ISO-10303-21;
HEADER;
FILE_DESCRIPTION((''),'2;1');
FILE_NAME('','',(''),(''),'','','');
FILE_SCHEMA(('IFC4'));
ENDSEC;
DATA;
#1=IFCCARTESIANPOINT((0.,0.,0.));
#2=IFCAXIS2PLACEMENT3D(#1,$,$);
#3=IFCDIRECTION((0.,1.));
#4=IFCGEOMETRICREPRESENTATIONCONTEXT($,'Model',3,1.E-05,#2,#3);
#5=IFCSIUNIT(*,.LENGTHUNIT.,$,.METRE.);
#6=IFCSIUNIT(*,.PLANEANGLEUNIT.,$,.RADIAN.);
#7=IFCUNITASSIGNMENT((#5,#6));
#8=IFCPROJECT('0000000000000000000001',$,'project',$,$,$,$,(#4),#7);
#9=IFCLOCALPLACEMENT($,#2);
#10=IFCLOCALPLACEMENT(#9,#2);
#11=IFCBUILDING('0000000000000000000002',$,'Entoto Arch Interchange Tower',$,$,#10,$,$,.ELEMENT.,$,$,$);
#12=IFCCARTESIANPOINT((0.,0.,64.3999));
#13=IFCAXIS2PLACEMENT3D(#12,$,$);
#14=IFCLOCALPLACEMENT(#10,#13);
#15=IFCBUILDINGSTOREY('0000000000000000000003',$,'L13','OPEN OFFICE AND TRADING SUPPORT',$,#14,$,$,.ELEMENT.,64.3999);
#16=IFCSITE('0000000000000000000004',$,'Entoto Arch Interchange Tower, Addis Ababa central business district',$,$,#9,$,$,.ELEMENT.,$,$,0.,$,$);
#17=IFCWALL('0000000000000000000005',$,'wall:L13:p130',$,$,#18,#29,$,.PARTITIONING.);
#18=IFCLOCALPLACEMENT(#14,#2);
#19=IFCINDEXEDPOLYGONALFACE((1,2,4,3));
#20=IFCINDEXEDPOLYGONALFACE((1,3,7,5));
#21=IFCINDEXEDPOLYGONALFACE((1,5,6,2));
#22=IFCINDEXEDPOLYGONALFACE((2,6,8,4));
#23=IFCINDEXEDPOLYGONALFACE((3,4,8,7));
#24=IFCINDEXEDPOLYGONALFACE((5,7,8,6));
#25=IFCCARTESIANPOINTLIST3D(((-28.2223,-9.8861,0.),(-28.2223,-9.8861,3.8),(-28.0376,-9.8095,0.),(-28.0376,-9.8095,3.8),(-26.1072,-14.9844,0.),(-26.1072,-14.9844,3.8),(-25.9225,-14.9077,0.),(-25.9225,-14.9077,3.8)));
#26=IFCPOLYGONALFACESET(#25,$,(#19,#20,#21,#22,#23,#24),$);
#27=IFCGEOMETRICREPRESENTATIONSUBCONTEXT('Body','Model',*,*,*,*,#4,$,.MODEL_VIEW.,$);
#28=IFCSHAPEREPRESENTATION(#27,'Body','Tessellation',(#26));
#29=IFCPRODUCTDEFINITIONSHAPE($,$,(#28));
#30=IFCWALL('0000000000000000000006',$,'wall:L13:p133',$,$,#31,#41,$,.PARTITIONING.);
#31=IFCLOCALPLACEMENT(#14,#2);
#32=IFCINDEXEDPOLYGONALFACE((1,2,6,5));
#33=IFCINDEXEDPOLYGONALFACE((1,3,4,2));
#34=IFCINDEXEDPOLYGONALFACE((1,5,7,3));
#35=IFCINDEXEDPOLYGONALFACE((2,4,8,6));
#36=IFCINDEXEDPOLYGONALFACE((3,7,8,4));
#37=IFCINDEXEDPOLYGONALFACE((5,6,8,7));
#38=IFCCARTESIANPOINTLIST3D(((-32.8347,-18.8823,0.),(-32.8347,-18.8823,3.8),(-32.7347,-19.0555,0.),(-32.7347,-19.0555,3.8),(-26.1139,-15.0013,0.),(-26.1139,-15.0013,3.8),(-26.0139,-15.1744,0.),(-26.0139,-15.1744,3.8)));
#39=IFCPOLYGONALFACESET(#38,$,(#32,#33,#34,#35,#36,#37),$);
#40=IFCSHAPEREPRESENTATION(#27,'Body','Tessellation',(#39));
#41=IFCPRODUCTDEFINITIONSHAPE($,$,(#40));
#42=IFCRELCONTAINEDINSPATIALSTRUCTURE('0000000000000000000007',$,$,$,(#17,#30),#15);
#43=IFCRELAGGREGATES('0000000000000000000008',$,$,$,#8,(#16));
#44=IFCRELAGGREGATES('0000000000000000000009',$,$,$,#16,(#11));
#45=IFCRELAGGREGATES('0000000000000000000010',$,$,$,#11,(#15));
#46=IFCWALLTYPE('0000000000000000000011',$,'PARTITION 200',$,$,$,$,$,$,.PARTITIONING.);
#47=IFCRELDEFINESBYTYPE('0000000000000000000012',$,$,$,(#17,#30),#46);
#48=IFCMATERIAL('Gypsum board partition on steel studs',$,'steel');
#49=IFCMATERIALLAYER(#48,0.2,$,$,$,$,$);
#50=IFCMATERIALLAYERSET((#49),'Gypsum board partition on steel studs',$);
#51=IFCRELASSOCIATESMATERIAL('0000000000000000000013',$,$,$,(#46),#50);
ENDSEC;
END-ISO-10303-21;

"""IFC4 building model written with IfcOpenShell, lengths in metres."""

from ifc_helpers import new_model, si_unit, direction, frame, frame_2d, origin, place, context, subcontext, project, spatial, rectangle, extrude, material, layer, layer_set, type_object, element, save


model = new_model("IFC4")

# Units and contexts
model_context = context("Model", 3, precision=1e-05, world=origin(), true_north=direction((0.0, 1.0)))
body_context = subcontext(model_context, "Body", "Model", "MODEL_VIEW")
ifc_project = project(units=[si_unit("LENGTHUNIT", "METRE"), si_unit("PLANEANGLEUNIT", "RADIAN")], contexts=[model_context])

# Site, building, storey
site_placement = place(None, origin())
site = spatial("IfcSite", under=ifc_project, at=site_placement, Name="Entoto Arch Interchange Tower, Addis Ababa central business district", CompositionType="ELEMENT", RefElevation=0.0)
building_placement = place(site_placement, origin())
building = spatial("IfcBuilding", under=site, at=building_placement, Name="Entoto Arch Interchange Tower", CompositionType="ELEMENT")
storey_placement = place(building_placement, frame((0.0, 0.0, 64.3999)))
storey = spatial("IfcBuildingStorey", under=building, at=storey_placement, Name="L13", Description="OPEN OFFICE AND TRADING SUPPORT", CompositionType="ELEMENT", Elevation=64.3999)

# Shared definitions
ifc_material_1 = material(Name="Gypsum board partition on steel studs", Category="steel")
ifc_layer_1 = layer(ifc_material_1, 0.2)
ifc_layer_set_1 = layer_set([ifc_layer_1], Name="Gypsum board partition on steel studs")
wall_type_1 = type_object("IfcWallType", Name="PARTITION 200", PredefinedType="PARTITIONING", material=ifc_layer_set_1)

# Walls
wall_1_placement = place(storey_placement, frame((-26.0149, -14.946, 0.0), z_axis=(0.0, 0.0, 1.0), x_axis=(-0.383189, 0.92367, 0.0)))
element("IfcWall", 1, at=wall_1_placement, inside=storey, type_object=wall_type_1, Name="wall:L13:p130", PredefinedType="PARTITIONING", context=body_context, shape_type="SweptSolid", body=[
    extrude(rectangle(XDim=5.5195, YDim=0.2, at=frame_2d((2.7598, 0.0))), origin(), (0.0, 0.0, 1.0), 3.8),
])
wall_2_placement = place(storey_placement, frame((-26.064, -15.0879, 0.0), z_axis=(0.0, 0.0, 1.0), x_axis=(-0.865983, -0.500074, 0.0)))
element("IfcWall", 2, at=wall_2_placement, inside=storey, type_object=wall_type_1, Name="wall:L13:p133", PredefinedType="PARTITIONING", context=body_context, shape_type="SweptSolid", body=[
    extrude(rectangle(XDim=7.761, YDim=0.2, at=frame_2d((3.8804, 0.0))), origin(), (0.0, 0.0, 1.0), 3.8),
])

save(model, "model.ifc")
